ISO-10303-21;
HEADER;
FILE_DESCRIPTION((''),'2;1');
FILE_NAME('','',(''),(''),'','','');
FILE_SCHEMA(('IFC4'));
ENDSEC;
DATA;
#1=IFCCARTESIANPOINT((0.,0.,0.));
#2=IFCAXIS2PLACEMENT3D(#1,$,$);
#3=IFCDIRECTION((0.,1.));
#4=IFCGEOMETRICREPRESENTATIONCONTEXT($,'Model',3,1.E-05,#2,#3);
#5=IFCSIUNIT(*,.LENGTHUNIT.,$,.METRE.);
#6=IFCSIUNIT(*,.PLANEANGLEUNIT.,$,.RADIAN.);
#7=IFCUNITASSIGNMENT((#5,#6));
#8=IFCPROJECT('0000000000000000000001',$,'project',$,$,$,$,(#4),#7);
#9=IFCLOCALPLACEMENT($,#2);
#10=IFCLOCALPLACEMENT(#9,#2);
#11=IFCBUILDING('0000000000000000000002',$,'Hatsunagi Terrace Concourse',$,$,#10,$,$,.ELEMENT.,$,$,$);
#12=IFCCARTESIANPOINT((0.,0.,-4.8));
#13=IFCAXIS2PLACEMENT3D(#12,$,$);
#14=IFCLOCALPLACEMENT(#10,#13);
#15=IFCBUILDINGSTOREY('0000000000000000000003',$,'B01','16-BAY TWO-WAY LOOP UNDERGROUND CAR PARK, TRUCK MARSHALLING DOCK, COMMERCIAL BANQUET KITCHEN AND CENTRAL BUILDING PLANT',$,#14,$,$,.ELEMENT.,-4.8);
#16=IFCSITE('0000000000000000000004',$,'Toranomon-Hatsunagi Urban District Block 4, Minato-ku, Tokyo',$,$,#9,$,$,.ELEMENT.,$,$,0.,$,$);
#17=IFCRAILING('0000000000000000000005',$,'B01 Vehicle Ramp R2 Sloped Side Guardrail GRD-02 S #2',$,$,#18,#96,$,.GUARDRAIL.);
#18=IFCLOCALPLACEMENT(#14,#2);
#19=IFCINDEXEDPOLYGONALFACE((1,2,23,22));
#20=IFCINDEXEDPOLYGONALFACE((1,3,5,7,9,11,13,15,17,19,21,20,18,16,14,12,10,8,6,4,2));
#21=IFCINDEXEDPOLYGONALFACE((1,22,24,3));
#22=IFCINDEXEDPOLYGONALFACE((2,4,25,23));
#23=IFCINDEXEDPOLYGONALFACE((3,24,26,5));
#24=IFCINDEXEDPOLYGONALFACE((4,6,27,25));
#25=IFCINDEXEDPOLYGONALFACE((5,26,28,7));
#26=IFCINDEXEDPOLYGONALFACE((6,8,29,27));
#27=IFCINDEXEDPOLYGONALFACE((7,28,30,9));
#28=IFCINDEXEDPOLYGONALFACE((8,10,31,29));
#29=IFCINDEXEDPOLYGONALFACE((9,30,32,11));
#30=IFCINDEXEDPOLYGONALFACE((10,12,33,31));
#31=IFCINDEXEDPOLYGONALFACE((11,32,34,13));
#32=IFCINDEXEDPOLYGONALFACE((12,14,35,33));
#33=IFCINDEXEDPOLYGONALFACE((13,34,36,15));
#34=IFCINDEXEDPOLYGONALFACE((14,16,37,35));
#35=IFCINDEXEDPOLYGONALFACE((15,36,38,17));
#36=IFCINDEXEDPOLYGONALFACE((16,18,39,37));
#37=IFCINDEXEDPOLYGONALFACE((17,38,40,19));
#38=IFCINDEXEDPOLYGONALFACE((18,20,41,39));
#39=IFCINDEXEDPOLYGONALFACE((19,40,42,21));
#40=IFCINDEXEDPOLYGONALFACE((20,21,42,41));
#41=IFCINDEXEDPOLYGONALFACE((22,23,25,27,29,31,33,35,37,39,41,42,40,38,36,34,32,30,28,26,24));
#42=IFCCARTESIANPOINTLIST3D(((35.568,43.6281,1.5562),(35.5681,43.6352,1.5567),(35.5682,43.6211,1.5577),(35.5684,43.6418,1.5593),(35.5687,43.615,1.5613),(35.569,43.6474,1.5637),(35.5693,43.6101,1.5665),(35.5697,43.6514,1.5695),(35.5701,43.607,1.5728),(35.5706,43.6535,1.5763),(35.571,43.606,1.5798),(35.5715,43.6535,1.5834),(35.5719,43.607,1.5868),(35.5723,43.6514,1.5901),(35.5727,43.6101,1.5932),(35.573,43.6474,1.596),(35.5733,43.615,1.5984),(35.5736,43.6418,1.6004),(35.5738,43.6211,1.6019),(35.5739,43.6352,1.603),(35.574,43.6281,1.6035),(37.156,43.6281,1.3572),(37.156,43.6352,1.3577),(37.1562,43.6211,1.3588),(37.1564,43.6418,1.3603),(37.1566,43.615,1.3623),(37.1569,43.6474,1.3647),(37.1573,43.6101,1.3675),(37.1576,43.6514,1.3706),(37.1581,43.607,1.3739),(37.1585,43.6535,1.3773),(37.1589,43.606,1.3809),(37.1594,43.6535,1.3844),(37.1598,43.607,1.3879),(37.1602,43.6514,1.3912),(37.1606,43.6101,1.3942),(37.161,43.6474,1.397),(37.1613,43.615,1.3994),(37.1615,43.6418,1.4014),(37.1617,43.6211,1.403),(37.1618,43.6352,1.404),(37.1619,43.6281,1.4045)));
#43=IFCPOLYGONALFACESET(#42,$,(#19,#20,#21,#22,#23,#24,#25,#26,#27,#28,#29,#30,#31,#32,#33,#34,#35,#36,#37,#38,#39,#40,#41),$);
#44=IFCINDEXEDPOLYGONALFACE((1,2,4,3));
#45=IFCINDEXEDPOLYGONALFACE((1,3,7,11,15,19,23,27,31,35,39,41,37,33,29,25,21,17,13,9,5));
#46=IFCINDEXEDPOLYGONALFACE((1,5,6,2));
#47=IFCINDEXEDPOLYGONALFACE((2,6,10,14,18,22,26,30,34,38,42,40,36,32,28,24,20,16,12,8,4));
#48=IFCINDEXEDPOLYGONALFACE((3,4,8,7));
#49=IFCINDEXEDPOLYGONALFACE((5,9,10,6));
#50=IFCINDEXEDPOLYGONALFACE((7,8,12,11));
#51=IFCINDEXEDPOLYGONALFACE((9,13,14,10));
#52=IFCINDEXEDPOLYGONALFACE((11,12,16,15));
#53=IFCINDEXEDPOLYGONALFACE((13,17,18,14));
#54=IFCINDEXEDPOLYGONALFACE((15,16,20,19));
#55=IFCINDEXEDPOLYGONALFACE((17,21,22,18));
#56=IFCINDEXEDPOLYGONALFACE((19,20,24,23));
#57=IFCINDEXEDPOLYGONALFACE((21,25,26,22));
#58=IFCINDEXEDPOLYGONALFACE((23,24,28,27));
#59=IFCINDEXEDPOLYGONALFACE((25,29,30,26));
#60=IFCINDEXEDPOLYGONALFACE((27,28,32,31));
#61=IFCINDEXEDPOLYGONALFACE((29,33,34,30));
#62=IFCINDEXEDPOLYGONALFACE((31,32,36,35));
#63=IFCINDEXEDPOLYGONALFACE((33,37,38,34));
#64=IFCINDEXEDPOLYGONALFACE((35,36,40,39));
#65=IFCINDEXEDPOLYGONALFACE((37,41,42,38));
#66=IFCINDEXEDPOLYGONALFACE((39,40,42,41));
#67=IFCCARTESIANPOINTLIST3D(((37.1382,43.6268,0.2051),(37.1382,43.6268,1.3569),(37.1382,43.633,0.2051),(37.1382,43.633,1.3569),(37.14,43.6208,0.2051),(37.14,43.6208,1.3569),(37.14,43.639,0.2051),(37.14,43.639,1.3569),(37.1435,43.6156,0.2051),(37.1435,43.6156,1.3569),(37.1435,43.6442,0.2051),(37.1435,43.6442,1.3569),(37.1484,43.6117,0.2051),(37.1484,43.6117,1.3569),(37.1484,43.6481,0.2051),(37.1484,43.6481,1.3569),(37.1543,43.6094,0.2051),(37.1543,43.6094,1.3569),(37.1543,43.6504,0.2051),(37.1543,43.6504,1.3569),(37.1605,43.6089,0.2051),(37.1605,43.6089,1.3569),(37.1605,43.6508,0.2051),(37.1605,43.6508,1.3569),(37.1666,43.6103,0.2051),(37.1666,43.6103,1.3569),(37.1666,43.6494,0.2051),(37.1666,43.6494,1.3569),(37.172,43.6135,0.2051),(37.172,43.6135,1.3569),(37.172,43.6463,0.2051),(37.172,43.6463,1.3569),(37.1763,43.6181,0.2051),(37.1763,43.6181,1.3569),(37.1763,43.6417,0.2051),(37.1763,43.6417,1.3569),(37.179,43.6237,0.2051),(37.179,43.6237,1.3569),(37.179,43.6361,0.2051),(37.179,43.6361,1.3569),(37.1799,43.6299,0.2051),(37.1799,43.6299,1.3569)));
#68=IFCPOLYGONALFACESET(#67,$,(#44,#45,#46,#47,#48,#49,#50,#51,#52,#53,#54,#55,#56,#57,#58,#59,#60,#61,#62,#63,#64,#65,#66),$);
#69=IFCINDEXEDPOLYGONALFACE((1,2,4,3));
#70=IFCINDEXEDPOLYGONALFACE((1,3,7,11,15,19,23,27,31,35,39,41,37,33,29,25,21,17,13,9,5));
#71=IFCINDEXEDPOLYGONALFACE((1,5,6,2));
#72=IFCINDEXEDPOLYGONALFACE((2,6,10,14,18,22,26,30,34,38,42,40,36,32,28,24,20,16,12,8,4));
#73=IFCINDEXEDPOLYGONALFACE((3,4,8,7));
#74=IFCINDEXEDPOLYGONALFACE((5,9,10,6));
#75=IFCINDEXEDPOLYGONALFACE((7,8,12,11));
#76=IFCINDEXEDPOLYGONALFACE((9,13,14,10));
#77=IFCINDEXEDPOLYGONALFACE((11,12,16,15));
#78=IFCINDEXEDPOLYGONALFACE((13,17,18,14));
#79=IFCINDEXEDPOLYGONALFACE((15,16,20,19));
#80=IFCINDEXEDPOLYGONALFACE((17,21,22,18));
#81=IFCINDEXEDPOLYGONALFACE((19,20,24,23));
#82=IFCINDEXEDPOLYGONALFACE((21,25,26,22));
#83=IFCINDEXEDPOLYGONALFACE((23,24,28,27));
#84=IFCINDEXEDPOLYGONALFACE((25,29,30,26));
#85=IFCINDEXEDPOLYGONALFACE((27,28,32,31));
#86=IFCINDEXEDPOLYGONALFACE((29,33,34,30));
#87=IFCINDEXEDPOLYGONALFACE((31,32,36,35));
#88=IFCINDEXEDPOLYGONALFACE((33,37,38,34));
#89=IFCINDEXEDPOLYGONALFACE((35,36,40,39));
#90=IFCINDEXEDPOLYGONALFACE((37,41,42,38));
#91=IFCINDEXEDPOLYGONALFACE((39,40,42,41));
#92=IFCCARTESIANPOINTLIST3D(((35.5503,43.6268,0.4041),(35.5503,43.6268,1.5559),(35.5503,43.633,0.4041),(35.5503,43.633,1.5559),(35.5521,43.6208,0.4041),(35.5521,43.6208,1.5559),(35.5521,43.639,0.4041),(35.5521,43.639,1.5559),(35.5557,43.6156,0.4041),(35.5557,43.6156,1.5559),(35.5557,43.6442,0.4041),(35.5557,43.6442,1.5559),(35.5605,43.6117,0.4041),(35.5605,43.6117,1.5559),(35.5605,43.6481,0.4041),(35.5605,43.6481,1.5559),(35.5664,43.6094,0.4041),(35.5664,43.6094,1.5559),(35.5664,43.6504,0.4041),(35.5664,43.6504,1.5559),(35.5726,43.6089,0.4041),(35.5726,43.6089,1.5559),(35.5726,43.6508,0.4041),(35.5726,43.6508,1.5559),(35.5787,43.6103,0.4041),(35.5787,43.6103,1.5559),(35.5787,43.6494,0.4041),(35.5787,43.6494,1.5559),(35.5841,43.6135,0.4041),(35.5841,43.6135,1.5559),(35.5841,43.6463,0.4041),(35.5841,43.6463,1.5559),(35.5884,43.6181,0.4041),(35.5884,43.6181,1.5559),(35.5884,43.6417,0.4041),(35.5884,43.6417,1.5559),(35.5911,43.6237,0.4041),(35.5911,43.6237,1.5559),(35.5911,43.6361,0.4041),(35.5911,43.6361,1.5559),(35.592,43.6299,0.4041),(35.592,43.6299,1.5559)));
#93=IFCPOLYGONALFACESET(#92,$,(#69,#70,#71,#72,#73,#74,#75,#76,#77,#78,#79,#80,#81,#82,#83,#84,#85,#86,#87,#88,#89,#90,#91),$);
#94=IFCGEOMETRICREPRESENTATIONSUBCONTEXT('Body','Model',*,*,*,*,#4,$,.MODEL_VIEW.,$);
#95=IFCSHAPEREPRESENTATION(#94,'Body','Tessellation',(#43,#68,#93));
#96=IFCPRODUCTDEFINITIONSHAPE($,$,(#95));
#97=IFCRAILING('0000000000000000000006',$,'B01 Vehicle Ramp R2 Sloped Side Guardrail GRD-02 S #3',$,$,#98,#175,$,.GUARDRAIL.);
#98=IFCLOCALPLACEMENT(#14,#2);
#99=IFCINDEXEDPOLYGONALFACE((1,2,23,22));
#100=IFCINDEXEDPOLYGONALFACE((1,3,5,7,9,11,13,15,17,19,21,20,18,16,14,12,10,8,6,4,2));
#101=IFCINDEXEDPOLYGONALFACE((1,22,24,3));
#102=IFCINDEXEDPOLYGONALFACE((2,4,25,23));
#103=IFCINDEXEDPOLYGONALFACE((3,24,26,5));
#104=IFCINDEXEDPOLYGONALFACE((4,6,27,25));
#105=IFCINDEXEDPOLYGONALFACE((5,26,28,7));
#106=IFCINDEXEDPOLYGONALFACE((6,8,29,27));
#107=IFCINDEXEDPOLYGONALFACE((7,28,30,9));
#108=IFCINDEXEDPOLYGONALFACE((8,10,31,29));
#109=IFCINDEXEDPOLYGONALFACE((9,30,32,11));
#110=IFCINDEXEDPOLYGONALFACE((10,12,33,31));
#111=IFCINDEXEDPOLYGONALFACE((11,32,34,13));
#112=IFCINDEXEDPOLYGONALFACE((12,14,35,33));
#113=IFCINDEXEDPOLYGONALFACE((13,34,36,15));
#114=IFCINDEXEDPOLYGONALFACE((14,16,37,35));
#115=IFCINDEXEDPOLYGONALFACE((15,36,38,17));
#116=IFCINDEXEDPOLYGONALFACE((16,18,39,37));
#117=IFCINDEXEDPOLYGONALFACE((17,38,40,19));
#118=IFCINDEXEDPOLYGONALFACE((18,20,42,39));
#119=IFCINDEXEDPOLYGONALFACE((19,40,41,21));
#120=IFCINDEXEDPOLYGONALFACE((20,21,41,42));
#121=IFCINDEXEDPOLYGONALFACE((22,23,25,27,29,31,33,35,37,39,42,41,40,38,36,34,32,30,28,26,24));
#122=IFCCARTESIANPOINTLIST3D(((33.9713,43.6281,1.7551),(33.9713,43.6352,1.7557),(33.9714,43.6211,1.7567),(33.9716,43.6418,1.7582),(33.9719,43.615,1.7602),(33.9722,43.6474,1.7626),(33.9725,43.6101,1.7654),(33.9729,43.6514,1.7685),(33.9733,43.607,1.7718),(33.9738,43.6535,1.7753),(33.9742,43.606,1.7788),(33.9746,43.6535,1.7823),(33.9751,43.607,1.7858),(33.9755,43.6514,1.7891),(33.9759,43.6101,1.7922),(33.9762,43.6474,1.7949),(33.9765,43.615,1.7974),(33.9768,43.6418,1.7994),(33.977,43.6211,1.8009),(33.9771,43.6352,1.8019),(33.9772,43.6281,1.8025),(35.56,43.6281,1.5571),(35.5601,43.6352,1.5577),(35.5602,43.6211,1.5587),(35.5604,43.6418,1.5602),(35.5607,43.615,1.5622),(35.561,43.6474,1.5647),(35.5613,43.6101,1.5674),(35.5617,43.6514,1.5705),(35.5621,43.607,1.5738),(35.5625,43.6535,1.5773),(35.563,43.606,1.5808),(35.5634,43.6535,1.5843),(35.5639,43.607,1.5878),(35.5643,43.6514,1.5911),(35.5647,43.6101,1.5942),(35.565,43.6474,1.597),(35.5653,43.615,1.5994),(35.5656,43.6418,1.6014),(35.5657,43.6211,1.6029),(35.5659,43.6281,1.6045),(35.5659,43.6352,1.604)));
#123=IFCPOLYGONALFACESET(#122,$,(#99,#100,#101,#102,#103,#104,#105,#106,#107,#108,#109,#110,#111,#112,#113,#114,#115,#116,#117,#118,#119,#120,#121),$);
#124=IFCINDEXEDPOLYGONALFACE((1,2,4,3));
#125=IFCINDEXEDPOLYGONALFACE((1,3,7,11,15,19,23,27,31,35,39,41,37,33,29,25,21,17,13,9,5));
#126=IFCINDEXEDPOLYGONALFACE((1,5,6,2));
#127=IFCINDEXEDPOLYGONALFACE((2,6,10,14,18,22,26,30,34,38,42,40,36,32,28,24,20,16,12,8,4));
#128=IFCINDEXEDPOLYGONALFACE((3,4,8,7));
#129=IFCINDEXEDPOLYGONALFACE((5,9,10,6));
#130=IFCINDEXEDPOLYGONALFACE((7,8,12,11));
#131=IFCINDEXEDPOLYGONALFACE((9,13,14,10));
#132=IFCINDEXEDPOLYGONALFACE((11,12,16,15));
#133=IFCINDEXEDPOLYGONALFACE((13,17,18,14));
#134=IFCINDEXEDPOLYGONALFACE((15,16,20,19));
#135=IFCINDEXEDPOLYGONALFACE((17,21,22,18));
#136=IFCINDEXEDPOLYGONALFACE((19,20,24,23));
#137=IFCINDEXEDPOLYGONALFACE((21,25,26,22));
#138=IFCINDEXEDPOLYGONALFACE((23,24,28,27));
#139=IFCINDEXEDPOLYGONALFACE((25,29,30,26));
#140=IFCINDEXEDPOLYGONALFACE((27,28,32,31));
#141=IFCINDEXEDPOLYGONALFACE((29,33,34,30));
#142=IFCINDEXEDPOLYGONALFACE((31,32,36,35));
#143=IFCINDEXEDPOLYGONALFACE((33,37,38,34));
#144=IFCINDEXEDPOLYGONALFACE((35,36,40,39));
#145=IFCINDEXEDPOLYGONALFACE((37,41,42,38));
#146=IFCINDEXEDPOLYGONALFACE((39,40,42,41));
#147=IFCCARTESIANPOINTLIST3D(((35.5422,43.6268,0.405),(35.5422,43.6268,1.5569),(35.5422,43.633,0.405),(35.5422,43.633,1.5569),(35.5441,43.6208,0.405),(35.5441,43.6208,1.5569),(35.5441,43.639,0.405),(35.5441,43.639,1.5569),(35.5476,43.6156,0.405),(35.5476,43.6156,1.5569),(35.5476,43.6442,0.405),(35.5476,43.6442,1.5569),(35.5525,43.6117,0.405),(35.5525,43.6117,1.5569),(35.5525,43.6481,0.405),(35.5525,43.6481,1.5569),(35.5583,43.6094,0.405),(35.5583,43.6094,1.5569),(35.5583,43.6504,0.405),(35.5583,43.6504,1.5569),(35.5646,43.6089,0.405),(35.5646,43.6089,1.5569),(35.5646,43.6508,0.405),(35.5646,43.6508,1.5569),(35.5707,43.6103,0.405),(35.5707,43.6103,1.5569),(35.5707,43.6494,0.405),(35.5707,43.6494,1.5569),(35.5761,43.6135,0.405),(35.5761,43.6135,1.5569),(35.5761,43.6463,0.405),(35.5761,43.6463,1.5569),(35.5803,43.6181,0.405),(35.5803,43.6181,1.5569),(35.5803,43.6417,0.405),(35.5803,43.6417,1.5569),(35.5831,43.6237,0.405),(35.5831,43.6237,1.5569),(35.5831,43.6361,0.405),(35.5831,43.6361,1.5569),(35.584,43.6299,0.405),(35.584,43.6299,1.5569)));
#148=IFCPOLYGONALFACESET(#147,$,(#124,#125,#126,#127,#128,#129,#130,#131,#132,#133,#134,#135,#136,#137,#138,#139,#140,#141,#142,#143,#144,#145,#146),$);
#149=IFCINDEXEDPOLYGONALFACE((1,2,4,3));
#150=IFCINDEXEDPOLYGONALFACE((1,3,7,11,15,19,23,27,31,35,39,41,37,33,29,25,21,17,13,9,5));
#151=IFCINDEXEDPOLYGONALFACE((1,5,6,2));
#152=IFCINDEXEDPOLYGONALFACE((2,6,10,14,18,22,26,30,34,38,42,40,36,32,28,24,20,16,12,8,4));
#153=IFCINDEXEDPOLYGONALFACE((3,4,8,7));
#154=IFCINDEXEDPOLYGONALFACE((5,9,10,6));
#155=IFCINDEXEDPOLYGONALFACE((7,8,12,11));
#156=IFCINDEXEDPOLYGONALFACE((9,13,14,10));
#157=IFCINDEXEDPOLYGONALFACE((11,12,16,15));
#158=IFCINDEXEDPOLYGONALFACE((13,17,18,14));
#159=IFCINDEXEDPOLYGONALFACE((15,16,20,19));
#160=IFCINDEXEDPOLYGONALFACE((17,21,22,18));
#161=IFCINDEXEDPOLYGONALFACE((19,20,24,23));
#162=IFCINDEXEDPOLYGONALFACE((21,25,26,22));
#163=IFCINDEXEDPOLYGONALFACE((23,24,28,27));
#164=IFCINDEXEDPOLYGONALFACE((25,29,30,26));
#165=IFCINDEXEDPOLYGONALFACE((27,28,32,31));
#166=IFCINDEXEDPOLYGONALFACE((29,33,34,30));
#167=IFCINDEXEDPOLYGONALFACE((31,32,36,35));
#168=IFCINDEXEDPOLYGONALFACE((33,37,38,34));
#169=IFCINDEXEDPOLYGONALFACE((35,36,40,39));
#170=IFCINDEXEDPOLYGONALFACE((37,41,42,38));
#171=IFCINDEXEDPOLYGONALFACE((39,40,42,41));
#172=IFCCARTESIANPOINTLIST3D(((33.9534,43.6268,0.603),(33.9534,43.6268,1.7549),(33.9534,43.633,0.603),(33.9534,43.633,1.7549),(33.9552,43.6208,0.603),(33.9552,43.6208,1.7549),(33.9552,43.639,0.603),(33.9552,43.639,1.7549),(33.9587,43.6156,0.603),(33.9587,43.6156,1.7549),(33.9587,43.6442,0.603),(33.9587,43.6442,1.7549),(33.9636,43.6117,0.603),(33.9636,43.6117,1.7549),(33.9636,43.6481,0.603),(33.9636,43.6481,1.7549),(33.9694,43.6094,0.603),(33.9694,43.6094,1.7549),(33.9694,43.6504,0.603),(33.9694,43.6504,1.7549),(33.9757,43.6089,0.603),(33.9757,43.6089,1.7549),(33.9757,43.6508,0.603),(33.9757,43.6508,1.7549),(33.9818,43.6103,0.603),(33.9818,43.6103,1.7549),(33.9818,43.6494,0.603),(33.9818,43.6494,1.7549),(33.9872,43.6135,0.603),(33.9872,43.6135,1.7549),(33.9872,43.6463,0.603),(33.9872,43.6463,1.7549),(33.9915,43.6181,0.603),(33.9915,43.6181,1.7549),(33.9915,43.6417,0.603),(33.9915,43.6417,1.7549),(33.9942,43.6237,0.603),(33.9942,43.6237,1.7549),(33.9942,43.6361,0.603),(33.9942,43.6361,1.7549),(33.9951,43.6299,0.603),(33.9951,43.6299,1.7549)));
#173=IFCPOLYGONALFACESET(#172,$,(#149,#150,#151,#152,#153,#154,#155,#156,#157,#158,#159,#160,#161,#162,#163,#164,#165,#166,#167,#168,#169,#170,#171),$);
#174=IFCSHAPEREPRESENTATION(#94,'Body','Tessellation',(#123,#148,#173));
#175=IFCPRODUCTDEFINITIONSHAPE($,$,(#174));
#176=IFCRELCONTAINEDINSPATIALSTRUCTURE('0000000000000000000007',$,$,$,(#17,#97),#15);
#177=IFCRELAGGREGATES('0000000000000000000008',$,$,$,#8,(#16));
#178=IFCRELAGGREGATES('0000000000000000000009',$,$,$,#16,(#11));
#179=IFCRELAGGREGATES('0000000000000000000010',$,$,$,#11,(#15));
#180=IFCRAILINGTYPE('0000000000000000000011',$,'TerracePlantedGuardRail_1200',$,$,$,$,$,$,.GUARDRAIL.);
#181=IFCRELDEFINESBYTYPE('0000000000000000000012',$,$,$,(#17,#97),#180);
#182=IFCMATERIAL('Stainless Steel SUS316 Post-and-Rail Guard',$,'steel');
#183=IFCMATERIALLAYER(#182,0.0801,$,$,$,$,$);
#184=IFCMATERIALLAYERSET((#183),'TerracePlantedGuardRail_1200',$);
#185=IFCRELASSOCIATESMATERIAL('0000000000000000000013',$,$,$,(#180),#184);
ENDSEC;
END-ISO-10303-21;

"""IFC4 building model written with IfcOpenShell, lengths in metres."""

from ifc_helpers import new_model, si_unit, direction, frame, origin, origin_2d, place, context, subcontext, project, spatial, circle, extrude, material, layer, layer_set, type_object, element, save


model = new_model("IFC4")

# Units and contexts
model_context = context("Model", 3, precision=1e-05, world=origin(), true_north=direction((0.0, 1.0)))
body_context = subcontext(model_context, "Body", "Model", "MODEL_VIEW")
ifc_project = project(units=[si_unit("LENGTHUNIT", "METRE"), si_unit("PLANEANGLEUNIT", "RADIAN")], contexts=[model_context])

# Site, building, storey
site_placement = place(None, origin())
site = spatial("IfcSite", under=ifc_project, at=site_placement, Name="Toranomon-Hatsunagi Urban District Block 4, Minato-ku, Tokyo", CompositionType="ELEMENT", RefElevation=0.0)
building_placement = place(site_placement, origin())
building = spatial("IfcBuilding", under=site, at=building_placement, Name="Hatsunagi Terrace Concourse", CompositionType="ELEMENT")
storey_placement = place(building_placement, frame((0.0, 0.0, -4.8)))
storey = spatial("IfcBuildingStorey", under=building, at=storey_placement, Name="B01", Description="16-BAY TWO-WAY LOOP UNDERGROUND CAR PARK, TRUCK MARSHALLING DOCK, COMMERCIAL BANQUET KITCHEN AND CENTRAL BUILDING PLANT", CompositionType="ELEMENT", Elevation=-4.8)

# Railings
ifc_material_1 = material(Name="Stainless Steel SUS316 Post-and-Rail Guard", Category="steel")
ifc_layer_1 = layer(ifc_material_1, 0.0801)
ifc_layer_set_1 = layer_set([ifc_layer_1], Name="TerracePlantedGuardRail_1200")
railing_type_1 = type_object("IfcRailingType", Name="TerracePlantedGuardRail_1200", PredefinedType="GUARDRAIL", material=ifc_layer_set_1)
railing_1_placement = place(storey_placement, frame((37.1589, 43.6299, 0.2051)))
element("IfcRailing", 1, at=railing_1_placement, inside=storey, type_object=railing_type_1, Name="B01 Vehicle Ramp R2 Sloped Side Guardrail GRD-02 S #2", PredefinedType="GUARDRAIL", context=body_context, shape_type="SweptSolid", body=[
    extrude(circle(Radius=0.0239, at=origin_2d()), frame((0.0, 0.0, 1.1758), z_axis=(-0.99224, 0.0, 0.124335), x_axis=(0.0, -1.0, 0.0)), (0.0, 0.0, 1.0), 1.6003),
    extrude(circle(Radius=0.021, at=origin_2d()), origin(), (0.0, 0.0, 1.0), 1.1519),
    extrude(circle(Radius=0.021, at=origin_2d()), frame((-1.5879, 0.0, 0.199)), (0.0, 0.0, 1.0), 1.1519),
])
railing_2_placement = place(storey_placement, frame((35.563, 43.6299, 0.405)))
element("IfcRailing", 2, at=railing_2_placement, inside=storey, type_object=railing_type_1, Name="B01 Vehicle Ramp R2 Sloped Side Guardrail GRD-02 S #3", PredefinedType="GUARDRAIL", context=body_context, shape_type="SweptSolid", body=[
    extrude(circle(Radius=0.0239, at=origin_2d()), frame((0.0, 0.0, 1.1758), z_axis=(-0.992325, 0.0, 0.123659), x_axis=(0.0, -1.0, 0.0)), (0.0, 0.0, 1.0), 1.6011),
    extrude(circle(Radius=0.021, at=origin_2d()), origin(), (0.0, 0.0, 1.0), 1.1519),
    extrude(circle(Radius=0.021, at=origin_2d()), frame((-1.5889, 0.0, 0.198)), (0.0, 0.0, 1.0), 1.1519),
])

save(model, "model.ifc")
